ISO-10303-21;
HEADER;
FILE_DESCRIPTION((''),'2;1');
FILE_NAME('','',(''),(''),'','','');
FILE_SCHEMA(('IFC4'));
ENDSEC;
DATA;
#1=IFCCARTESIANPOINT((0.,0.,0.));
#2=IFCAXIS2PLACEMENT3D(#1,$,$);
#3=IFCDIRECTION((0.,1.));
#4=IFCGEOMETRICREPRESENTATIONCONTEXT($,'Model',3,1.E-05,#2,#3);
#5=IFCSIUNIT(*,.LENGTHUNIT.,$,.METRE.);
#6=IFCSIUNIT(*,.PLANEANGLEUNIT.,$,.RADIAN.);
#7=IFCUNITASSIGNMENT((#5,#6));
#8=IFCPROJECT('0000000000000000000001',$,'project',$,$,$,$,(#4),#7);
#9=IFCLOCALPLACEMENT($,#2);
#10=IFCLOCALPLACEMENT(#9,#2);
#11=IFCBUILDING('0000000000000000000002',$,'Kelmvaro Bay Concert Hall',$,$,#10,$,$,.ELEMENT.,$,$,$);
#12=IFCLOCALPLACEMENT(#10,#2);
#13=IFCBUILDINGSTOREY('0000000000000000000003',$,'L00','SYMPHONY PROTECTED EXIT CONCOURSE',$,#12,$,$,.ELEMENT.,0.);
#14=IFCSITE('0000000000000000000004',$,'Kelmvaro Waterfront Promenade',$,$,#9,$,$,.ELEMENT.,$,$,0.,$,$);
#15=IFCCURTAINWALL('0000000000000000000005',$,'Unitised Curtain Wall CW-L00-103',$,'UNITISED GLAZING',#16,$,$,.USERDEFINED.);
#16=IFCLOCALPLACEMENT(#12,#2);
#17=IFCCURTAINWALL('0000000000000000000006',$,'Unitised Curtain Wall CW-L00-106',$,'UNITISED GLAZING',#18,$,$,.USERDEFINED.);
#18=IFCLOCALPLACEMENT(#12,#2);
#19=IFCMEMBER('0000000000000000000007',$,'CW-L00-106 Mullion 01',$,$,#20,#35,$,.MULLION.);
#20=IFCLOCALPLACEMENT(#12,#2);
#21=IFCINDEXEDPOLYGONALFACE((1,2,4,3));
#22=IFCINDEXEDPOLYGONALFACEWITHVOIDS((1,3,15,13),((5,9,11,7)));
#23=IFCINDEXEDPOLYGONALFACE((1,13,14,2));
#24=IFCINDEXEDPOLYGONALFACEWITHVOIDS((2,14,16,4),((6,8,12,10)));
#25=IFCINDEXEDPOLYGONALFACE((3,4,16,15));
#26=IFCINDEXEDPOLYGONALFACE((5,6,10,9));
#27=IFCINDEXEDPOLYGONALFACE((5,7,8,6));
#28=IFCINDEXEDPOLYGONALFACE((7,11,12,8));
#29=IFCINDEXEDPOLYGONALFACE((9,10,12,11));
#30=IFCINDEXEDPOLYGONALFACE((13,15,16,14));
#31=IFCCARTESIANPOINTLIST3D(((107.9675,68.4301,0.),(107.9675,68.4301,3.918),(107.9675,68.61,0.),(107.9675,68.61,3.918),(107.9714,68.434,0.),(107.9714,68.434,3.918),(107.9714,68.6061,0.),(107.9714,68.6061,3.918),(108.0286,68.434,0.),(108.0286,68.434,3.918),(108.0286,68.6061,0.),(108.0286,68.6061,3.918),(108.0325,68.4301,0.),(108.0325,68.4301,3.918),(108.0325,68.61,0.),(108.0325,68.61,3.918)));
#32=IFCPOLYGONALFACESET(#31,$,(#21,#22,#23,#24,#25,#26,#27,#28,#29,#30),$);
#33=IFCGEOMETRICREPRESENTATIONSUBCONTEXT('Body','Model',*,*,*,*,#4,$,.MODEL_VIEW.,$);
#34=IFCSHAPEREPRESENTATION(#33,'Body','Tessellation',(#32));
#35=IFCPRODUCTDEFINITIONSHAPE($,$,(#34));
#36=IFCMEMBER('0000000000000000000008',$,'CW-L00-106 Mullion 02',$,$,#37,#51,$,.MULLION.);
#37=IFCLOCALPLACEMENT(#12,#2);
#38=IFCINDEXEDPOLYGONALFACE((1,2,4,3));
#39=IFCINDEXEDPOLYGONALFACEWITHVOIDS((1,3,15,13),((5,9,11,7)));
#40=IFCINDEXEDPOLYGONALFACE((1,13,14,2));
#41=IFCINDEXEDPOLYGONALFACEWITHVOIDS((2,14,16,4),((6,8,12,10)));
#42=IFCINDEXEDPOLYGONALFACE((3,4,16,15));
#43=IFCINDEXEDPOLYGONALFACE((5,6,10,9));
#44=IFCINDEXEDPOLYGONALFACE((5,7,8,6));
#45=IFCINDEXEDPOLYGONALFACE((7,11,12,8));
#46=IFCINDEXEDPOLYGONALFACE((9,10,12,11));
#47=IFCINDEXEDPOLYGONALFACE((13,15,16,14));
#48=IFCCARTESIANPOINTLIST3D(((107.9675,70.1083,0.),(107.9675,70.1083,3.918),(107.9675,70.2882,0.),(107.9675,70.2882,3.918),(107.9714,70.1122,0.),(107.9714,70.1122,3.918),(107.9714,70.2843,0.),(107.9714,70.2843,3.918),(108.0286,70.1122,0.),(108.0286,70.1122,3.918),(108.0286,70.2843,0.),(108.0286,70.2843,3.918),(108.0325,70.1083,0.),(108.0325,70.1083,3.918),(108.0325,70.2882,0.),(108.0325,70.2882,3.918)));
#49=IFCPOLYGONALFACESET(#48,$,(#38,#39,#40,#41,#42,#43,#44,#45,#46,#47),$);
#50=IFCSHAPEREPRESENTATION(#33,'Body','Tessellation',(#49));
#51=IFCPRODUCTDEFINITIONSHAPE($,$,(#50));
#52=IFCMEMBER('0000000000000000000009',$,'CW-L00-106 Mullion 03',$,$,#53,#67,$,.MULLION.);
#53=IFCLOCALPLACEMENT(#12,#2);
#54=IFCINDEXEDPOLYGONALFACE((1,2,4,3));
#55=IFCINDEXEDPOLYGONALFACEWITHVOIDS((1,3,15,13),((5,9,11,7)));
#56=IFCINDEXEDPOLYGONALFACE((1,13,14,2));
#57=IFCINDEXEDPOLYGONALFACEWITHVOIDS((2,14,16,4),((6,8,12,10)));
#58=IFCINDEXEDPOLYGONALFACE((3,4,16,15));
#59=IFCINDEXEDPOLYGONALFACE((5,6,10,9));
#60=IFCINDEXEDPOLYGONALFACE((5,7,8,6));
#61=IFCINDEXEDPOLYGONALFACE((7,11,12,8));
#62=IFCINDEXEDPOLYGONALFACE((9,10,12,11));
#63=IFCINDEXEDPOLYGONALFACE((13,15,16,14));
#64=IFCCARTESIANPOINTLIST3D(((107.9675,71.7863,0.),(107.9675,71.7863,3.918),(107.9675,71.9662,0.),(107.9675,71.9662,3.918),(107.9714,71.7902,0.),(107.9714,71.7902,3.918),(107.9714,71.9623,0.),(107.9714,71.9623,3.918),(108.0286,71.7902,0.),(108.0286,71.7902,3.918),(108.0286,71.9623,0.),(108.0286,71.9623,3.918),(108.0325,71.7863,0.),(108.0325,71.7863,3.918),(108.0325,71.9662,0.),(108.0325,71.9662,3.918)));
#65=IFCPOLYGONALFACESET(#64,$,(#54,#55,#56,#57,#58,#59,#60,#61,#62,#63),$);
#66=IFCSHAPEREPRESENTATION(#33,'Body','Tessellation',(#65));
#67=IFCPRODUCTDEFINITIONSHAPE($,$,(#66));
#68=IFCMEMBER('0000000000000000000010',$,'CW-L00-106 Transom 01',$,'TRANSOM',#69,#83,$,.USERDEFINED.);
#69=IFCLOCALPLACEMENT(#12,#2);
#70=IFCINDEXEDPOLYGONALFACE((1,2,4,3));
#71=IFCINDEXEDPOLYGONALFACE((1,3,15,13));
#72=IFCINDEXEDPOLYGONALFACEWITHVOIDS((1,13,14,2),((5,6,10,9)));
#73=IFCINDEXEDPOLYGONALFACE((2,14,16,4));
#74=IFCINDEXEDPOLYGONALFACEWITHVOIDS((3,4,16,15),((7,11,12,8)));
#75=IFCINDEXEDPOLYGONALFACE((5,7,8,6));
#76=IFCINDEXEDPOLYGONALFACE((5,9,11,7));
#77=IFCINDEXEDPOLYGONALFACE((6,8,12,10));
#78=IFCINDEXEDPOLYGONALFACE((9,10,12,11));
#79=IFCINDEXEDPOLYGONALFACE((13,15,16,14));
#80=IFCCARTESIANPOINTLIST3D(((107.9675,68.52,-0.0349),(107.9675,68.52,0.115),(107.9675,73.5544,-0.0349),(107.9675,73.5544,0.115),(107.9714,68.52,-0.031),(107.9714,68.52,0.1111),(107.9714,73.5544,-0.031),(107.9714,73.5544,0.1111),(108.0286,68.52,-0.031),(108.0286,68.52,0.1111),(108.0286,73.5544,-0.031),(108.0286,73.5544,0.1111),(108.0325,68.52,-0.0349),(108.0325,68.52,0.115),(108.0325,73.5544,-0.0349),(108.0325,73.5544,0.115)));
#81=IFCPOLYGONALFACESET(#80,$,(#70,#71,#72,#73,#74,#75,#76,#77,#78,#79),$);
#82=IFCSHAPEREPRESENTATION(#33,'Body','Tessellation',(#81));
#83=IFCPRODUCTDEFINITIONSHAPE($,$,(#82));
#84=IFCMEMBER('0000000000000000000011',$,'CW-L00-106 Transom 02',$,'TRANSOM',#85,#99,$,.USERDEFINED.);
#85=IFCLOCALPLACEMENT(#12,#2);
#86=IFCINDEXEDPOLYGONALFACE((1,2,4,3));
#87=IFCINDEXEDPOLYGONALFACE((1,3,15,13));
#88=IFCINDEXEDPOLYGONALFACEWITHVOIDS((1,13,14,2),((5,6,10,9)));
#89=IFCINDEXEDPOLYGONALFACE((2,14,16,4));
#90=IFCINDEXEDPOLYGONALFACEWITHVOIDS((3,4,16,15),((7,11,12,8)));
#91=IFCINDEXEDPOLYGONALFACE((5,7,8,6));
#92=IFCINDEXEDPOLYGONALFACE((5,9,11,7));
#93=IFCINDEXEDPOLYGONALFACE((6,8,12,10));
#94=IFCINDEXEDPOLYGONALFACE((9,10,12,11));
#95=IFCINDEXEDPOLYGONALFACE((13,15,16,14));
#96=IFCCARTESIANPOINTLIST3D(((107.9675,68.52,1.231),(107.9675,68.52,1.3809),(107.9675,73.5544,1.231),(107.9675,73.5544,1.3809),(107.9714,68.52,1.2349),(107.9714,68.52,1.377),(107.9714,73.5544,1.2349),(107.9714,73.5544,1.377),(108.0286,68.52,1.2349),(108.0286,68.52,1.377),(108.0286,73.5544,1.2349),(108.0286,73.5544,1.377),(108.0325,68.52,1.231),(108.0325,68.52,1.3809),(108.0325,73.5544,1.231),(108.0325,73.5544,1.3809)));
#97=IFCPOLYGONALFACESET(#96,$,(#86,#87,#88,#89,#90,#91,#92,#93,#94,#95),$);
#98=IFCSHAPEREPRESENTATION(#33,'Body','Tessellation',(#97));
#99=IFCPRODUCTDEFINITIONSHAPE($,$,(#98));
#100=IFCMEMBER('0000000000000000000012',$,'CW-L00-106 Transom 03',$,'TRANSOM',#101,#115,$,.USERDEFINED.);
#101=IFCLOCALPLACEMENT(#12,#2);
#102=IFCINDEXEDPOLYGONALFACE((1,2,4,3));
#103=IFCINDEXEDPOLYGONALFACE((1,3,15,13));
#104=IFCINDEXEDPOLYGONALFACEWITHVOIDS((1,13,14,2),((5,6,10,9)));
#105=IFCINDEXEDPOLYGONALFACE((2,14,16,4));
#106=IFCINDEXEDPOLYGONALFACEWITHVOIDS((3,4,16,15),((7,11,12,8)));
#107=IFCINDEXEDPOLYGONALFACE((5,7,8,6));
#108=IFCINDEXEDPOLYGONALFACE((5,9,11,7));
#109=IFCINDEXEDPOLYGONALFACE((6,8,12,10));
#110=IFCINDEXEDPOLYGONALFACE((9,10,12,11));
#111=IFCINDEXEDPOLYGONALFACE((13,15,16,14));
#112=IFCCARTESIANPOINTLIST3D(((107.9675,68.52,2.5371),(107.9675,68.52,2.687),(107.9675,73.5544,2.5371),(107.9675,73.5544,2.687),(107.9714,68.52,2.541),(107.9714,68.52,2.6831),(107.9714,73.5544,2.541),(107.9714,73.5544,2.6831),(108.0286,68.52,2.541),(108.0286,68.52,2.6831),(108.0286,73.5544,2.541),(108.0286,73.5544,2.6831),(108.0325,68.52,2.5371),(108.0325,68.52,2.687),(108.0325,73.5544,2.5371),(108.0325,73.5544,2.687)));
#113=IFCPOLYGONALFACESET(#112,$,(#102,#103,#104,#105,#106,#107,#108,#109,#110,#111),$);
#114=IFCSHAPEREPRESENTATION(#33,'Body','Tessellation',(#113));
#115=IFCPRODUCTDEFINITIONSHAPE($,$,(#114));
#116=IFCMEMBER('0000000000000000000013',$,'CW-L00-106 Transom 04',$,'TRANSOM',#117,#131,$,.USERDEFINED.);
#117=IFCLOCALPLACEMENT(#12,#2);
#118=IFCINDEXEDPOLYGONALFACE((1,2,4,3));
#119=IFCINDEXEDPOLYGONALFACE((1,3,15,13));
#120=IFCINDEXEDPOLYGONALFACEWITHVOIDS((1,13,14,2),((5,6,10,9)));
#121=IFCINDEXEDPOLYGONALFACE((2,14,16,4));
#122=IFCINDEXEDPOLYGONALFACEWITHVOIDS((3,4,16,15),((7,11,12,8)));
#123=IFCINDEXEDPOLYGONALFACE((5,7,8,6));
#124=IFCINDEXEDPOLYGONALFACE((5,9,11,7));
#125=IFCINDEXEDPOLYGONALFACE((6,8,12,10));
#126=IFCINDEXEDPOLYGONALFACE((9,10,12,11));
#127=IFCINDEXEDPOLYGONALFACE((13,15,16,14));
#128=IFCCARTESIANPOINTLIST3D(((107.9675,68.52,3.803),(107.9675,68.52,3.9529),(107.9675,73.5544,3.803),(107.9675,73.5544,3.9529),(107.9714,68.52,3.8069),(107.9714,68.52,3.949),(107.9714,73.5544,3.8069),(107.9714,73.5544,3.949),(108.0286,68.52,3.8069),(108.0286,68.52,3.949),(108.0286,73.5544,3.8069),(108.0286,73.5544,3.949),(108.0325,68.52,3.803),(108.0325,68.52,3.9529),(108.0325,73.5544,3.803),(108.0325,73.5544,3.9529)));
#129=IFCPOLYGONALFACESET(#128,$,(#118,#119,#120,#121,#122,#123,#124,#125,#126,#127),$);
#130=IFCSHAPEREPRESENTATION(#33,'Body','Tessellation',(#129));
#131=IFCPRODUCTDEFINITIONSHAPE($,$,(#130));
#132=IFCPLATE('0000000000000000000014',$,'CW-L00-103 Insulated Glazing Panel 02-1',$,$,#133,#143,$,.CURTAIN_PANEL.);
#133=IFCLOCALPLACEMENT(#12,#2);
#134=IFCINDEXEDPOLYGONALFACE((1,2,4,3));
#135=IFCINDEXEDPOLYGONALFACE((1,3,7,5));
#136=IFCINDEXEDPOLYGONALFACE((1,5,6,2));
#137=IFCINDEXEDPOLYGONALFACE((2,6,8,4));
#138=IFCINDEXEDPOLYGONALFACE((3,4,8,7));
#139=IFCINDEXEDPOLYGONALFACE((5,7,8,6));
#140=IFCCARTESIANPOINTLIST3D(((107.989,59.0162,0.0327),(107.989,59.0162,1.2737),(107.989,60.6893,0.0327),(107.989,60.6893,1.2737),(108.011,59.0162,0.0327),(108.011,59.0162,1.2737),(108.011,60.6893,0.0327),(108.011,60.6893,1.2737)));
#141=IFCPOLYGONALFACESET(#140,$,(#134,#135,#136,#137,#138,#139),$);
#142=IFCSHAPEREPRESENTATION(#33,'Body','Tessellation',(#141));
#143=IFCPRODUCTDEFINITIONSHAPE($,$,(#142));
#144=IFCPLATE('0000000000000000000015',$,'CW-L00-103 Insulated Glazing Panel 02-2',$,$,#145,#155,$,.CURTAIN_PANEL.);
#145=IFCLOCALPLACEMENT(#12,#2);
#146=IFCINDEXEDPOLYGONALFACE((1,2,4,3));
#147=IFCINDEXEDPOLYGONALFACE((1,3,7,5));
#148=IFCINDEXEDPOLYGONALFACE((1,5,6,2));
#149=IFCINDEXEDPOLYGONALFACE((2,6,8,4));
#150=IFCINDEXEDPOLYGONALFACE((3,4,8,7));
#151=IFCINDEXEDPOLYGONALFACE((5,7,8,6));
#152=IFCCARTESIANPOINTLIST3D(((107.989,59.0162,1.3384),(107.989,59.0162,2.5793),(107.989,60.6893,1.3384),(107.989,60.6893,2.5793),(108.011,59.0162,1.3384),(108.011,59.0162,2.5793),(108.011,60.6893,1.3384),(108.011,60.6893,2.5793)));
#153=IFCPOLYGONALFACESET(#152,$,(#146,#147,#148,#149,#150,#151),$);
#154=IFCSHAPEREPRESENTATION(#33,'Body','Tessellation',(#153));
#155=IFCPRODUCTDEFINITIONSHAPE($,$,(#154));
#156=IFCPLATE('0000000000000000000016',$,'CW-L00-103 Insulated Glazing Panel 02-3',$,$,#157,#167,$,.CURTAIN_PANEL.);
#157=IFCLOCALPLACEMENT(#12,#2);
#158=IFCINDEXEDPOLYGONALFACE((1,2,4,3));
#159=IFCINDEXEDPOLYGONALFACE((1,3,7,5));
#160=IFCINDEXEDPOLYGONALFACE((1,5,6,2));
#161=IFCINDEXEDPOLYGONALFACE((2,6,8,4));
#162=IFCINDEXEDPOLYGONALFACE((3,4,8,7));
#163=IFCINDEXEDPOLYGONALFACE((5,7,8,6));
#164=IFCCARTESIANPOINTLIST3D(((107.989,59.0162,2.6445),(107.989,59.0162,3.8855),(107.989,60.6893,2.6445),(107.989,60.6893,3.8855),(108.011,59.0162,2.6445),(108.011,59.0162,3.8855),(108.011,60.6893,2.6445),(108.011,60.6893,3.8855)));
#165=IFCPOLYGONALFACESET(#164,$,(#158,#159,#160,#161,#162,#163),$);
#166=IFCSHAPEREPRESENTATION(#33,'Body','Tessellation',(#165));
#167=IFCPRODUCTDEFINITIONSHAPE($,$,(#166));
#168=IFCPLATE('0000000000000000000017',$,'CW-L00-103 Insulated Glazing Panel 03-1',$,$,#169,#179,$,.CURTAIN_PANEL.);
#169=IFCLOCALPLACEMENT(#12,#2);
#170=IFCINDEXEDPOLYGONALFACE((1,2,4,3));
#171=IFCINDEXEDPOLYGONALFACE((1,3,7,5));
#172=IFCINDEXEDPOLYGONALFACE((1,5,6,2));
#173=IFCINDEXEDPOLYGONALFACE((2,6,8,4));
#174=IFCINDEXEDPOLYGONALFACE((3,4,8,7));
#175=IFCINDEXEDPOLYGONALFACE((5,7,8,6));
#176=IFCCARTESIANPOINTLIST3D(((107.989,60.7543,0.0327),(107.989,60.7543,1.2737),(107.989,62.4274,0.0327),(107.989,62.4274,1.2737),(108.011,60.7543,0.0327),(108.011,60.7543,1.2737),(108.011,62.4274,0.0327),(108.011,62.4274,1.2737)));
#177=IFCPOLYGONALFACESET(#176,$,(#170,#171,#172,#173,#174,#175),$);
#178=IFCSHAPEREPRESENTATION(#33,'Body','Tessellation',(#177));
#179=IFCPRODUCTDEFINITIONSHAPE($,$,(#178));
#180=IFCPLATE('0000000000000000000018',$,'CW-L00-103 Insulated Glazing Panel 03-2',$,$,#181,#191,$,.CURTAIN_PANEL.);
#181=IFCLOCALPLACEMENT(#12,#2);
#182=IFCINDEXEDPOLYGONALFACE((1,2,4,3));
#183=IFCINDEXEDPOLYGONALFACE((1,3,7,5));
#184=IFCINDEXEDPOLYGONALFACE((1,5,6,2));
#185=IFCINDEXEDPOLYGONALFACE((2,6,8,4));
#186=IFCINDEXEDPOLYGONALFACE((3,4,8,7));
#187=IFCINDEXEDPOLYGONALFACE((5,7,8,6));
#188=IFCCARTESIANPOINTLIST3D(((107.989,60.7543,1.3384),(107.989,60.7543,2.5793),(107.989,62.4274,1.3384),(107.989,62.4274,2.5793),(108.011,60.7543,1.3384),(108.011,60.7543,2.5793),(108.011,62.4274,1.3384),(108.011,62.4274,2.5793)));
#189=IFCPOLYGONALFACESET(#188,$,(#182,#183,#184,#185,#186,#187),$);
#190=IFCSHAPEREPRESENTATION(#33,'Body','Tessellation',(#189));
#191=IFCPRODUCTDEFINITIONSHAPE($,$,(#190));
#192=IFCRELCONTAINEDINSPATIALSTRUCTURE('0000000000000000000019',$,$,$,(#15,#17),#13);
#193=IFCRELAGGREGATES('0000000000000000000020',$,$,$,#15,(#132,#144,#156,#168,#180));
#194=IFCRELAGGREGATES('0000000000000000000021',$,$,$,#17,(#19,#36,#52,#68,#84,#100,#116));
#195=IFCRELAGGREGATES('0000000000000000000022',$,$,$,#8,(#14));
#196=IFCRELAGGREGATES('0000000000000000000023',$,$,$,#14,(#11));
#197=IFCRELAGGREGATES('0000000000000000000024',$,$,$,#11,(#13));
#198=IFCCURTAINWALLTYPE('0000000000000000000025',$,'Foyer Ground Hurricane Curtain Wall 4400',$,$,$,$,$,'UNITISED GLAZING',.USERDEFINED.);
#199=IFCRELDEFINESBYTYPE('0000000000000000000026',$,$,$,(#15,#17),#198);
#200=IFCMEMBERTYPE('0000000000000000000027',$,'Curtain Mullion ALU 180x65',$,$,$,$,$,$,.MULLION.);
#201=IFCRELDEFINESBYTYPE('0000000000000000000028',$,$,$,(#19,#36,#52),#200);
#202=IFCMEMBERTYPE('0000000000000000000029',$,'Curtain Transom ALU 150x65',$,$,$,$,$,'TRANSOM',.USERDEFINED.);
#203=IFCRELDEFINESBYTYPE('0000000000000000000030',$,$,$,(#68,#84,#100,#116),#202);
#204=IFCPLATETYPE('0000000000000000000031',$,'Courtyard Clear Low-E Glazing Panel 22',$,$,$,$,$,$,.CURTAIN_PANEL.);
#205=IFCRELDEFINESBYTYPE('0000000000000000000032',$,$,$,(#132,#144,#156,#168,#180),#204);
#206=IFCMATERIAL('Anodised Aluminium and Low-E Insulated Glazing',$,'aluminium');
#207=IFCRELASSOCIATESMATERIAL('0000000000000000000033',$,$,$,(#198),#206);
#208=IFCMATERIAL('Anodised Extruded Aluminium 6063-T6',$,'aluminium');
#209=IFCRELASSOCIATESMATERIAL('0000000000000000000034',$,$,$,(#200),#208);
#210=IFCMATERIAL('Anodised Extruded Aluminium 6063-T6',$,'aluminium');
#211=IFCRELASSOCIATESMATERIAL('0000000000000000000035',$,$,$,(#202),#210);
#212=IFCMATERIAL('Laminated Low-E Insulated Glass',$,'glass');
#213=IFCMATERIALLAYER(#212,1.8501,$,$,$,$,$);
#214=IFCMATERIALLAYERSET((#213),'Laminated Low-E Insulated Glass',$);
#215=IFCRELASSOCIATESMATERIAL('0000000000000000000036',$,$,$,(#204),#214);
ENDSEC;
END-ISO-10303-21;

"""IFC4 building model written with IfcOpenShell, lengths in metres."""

from ifc_helpers import new_model, si_unit, direction, frame, origin, origin_2d, place, context, subcontext, project, spatial, rectangle, hollow_rectangle, extrude, material, layer, layer_set, material_profile, profile_set, type_object, element, aggregate, save


model = new_model("IFC4")

# Units and contexts
model_context = context("Model", 3, precision=1e-05, world=origin(), true_north=direction((0.0, 1.0)))
body_context = subcontext(model_context, "Body", "Model", "MODEL_VIEW")
ifc_project = project(units=[si_unit("LENGTHUNIT", "METRE"), si_unit("PLANEANGLEUNIT", "RADIAN")], contexts=[model_context])

# Site, building, storey
site_placement = place(None, origin())
site = spatial("IfcSite", under=ifc_project, at=site_placement, Name="Kelmvaro Waterfront Promenade", CompositionType="ELEMENT", RefElevation=0.0)
building_placement = place(site_placement, origin())
building = spatial("IfcBuilding", under=site, at=building_placement, Name="Kelmvaro Bay Concert Hall", CompositionType="ELEMENT")
storey_placement = place(building_placement, origin())
storey = spatial("IfcBuildingStorey", under=building, at=storey_placement, Name="L00", Description="SYMPHONY PROTECTED EXIT CONCOURSE", CompositionType="ELEMENT", Elevation=0.0)

# Curtain walls, members
ifc_material_1 = material(Name="Anodised Aluminium and Low-E Insulated Glazing", Category="aluminium")
curtain_wall_type = type_object("IfcCurtainWallType", Name="Foyer Ground Hurricane Curtain Wall 4400", ElementType="UNITISED GLAZING", PredefinedType="USERDEFINED", material=ifc_material_1)
curtain_wall_1_placement = place(storey_placement, origin())
curtain_wall_1 = element("IfcCurtainWall", 1, at=curtain_wall_1_placement, inside=storey, type_object=curtain_wall_type, Name="Unitised Curtain Wall CW-L00-103", ObjectType="UNITISED GLAZING", PredefinedType="USERDEFINED")
ifc_material_2 = material(Name="Anodised Extruded Aluminium 6063-T6", Category="aluminium")
ifc_material_profile_1 = material_profile(ifc_material_2, hollow_rectangle(XDim=0.0649, YDim=0.1799, WallThickness=0.0039, at=origin_2d()), Name="ALU-MUL-180X65")
ifc_profile_set_1 = profile_set([ifc_material_profile_1], Name="Anodised Extruded Aluminium 6063-T6")
member_type_1 = type_object("IfcMemberType", Name="Curtain Mullion ALU 180x65", PredefinedType="MULLION", material=ifc_profile_set_1)
curtain_wall_2_placement = place(storey_placement, origin())
curtain_wall_2 = element("IfcCurtainWall", 2, at=curtain_wall_2_placement, inside=storey, type_object=curtain_wall_type, Name="Unitised Curtain Wall CW-L00-106", ObjectType="UNITISED GLAZING", PredefinedType="USERDEFINED")
member_1_placement = place(storey_placement, frame((108.0, 68.52, 0.0), z_axis=(0.0, 0.0, 1.0), x_axis=(1.0, 0.0, 0.0)))
member_1 = element("IfcMember", 3, at=member_1_placement, type_object=member_type_1, Name="CW-L00-106 Mullion 01", PredefinedType="MULLION", context=body_context, shape_type="SweptSolid", body=[
    extrude(hollow_rectangle(XDim=0.0649, YDim=0.1799, WallThickness=0.0039, at=origin_2d()), origin(), (0.0, 0.0, 1.0), 3.918),
])
member_2_placement = place(storey_placement, frame((108.0, 70.1982, 0.0), z_axis=(0.0, 0.0, 1.0), x_axis=(1.0, 0.0, 0.0)))
member_2 = element("IfcMember", 4, at=member_2_placement, type_object=member_type_1, Name="CW-L00-106 Mullion 02", PredefinedType="MULLION", context=body_context, shape_type="SweptSolid", body=[
    extrude(hollow_rectangle(XDim=0.0649, YDim=0.1799, WallThickness=0.0039, at=origin_2d()), origin(), (0.0, 0.0, 1.0), 3.918),
])
member_3_placement = place(storey_placement, frame((108.0, 71.8762, 0.0), z_axis=(0.0, 0.0, 1.0), x_axis=(1.0, 0.0, 0.0)))
member_3 = element("IfcMember", 5, at=member_3_placement, type_object=member_type_1, Name="CW-L00-106 Mullion 03", PredefinedType="MULLION", context=body_context, shape_type="SweptSolid", body=[
    extrude(hollow_rectangle(XDim=0.0649, YDim=0.1799, WallThickness=0.0039, at=origin_2d()), origin(), (0.0, 0.0, 1.0), 3.918),
])
ifc_material_3 = material(Name="Anodised Extruded Aluminium 6063-T6", Category="aluminium")
ifc_material_profile_2 = material_profile(ifc_material_3, hollow_rectangle(XDim=0.0649, YDim=0.1499, WallThickness=0.0039, at=origin_2d()), Name="ALU-TRN-150X65")
ifc_profile_set_2 = profile_set([ifc_material_profile_2], Name="Anodised Extruded Aluminium 6063-T6")
member_type_2 = type_object("IfcMemberType", Name="Curtain Transom ALU 150x65", ElementType="TRANSOM", PredefinedType="USERDEFINED", material=ifc_profile_set_2)
member_4_placement = place(storey_placement, frame((108.0, 68.52, 0.04), z_axis=(0.0, 1.0, 0.0), x_axis=(-1.0, 0.0, 0.0)))
member_4 = element("IfcMember", 6, at=member_4_placement, type_object=member_type_2, Name="CW-L00-106 Transom 01", ObjectType="TRANSOM", PredefinedType="USERDEFINED", context=body_context, shape_type="SweptSolid", body=[
    extrude(hollow_rectangle(XDim=0.0649, YDim=0.1499, WallThickness=0.0039, at=origin_2d()), origin(), (0.0, 0.0, 1.0), 5.0344),
])
member_5_placement = place(storey_placement, frame((108.0, 68.52, 1.3059), z_axis=(0.0, 1.0, 0.0), x_axis=(-1.0, 0.0, 0.0)))
member_5 = element("IfcMember", 7, at=member_5_placement, type_object=member_type_2, Name="CW-L00-106 Transom 02", ObjectType="TRANSOM", PredefinedType="USERDEFINED", context=body_context, shape_type="SweptSolid", body=[
    extrude(hollow_rectangle(XDim=0.0649, YDim=0.1499, WallThickness=0.0039, at=origin_2d()), origin(), (0.0, 0.0, 1.0), 5.0344),
])
member_6_placement = place(storey_placement, frame((108.0, 68.52, 2.6121), z_axis=(0.0, 1.0, 0.0), x_axis=(-1.0, 0.0, 0.0)))
member_6 = element("IfcMember", 8, at=member_6_placement, type_object=member_type_2, Name="CW-L00-106 Transom 03", ObjectType="TRANSOM", PredefinedType="USERDEFINED", context=body_context, shape_type="SweptSolid", body=[
    extrude(hollow_rectangle(XDim=0.0649, YDim=0.1499, WallThickness=0.0039, at=origin_2d()), origin(), (0.0, 0.0, 1.0), 5.0344),
])
member_7_placement = place(storey_placement, frame((108.0, 68.52, 3.8779), z_axis=(0.0, 1.0, 0.0), x_axis=(-1.0, 0.0, 0.0)))
member_7 = element("IfcMember", 9, at=member_7_placement, type_object=member_type_2, Name="CW-L00-106 Transom 04", ObjectType="TRANSOM", PredefinedType="USERDEFINED", context=body_context, shape_type="SweptSolid", body=[
    extrude(hollow_rectangle(XDim=0.0649, YDim=0.1499, WallThickness=0.0039, at=origin_2d()), origin(), (0.0, 0.0, 1.0), 5.0344),
])

# Plates
ifc_material_4 = material(Name="Laminated Low-E Insulated Glass", Category="glass")
ifc_layer_1 = layer(ifc_material_4, 1.8501)
ifc_layer_set_1 = layer_set([ifc_layer_1], Name="Laminated Low-E Insulated Glass")
plate_type = type_object("IfcPlateType", Name="Courtyard Clear Low-E Glazing Panel 22", PredefinedType="CURTAIN_PANEL", material=ifc_layer_set_1)
plate_1_placement = place(storey_placement, frame((108.0, 59.8528, 0.0327), z_axis=(0.0, 0.0, 1.0), x_axis=(0.0, 1.0, 0.0)))
plate_1 = element("IfcPlate", 10, at=plate_1_placement, type_object=plate_type, Name="CW-L00-103 Insulated Glazing Panel 02-1", PredefinedType="CURTAIN_PANEL", context=body_context, shape_type="SweptSolid", body=[
    extrude(rectangle(XDim=1.6731, YDim=0.022, at=origin_2d()), origin(), (0.0, 0.0, 1.0), 1.241),
])
plate_2_placement = place(storey_placement, frame((108.0, 59.8528, 1.3384), z_axis=(0.0, 0.0, 1.0), x_axis=(0.0, 1.0, 0.0)))
plate_2 = element("IfcPlate", 11, at=plate_2_placement, type_object=plate_type, Name="CW-L00-103 Insulated Glazing Panel 02-2", PredefinedType="CURTAIN_PANEL", context=body_context, shape_type="SweptSolid", body=[
    extrude(rectangle(XDim=1.6731, YDim=0.022, at=origin_2d()), origin(), (0.0, 0.0, 1.0), 1.241),
])
plate_3_placement = place(storey_placement, frame((108.0, 59.8528, 2.6445), z_axis=(0.0, 0.0, 1.0), x_axis=(0.0, 1.0, 0.0)))
plate_3 = element("IfcPlate", 12, at=plate_3_placement, type_object=plate_type, Name="CW-L00-103 Insulated Glazing Panel 02-3", PredefinedType="CURTAIN_PANEL", context=body_context, shape_type="SweptSolid", body=[
    extrude(rectangle(XDim=1.6731, YDim=0.022, at=origin_2d()), origin(), (0.0, 0.0, 1.0), 1.241),
])
plate_4_placement = place(storey_placement, frame((108.0, 61.5908, 0.0327), z_axis=(0.0, 0.0, 1.0), x_axis=(0.0, 1.0, 0.0)))
plate_4 = element("IfcPlate", 13, at=plate_4_placement, type_object=plate_type, Name="CW-L00-103 Insulated Glazing Panel 03-1", PredefinedType="CURTAIN_PANEL", context=body_context, shape_type="SweptSolid", body=[
    extrude(rectangle(XDim=1.6731, YDim=0.022, at=origin_2d()), origin(), (0.0, 0.0, 1.0), 1.241),
])
plate_5_placement = place(storey_placement, frame((108.0, 61.5908, 1.3384), z_axis=(0.0, 0.0, 1.0), x_axis=(0.0, 1.0, 0.0)))
plate_5 = element("IfcPlate", 14, at=plate_5_placement, type_object=plate_type, Name="CW-L00-103 Insulated Glazing Panel 03-2", PredefinedType="CURTAIN_PANEL", context=body_context, shape_type="SweptSolid", body=[
    extrude(rectangle(XDim=1.6731, YDim=0.022, at=origin_2d()), origin(), (0.0, 0.0, 1.0), 1.241),
])
aggregate(curtain_wall_1, [plate_1, plate_2, plate_3, plate_4, plate_5])
aggregate(curtain_wall_2, [member_1, member_2, member_3, member_4, member_5, member_6, member_7])

save(model, "model.ifc")
